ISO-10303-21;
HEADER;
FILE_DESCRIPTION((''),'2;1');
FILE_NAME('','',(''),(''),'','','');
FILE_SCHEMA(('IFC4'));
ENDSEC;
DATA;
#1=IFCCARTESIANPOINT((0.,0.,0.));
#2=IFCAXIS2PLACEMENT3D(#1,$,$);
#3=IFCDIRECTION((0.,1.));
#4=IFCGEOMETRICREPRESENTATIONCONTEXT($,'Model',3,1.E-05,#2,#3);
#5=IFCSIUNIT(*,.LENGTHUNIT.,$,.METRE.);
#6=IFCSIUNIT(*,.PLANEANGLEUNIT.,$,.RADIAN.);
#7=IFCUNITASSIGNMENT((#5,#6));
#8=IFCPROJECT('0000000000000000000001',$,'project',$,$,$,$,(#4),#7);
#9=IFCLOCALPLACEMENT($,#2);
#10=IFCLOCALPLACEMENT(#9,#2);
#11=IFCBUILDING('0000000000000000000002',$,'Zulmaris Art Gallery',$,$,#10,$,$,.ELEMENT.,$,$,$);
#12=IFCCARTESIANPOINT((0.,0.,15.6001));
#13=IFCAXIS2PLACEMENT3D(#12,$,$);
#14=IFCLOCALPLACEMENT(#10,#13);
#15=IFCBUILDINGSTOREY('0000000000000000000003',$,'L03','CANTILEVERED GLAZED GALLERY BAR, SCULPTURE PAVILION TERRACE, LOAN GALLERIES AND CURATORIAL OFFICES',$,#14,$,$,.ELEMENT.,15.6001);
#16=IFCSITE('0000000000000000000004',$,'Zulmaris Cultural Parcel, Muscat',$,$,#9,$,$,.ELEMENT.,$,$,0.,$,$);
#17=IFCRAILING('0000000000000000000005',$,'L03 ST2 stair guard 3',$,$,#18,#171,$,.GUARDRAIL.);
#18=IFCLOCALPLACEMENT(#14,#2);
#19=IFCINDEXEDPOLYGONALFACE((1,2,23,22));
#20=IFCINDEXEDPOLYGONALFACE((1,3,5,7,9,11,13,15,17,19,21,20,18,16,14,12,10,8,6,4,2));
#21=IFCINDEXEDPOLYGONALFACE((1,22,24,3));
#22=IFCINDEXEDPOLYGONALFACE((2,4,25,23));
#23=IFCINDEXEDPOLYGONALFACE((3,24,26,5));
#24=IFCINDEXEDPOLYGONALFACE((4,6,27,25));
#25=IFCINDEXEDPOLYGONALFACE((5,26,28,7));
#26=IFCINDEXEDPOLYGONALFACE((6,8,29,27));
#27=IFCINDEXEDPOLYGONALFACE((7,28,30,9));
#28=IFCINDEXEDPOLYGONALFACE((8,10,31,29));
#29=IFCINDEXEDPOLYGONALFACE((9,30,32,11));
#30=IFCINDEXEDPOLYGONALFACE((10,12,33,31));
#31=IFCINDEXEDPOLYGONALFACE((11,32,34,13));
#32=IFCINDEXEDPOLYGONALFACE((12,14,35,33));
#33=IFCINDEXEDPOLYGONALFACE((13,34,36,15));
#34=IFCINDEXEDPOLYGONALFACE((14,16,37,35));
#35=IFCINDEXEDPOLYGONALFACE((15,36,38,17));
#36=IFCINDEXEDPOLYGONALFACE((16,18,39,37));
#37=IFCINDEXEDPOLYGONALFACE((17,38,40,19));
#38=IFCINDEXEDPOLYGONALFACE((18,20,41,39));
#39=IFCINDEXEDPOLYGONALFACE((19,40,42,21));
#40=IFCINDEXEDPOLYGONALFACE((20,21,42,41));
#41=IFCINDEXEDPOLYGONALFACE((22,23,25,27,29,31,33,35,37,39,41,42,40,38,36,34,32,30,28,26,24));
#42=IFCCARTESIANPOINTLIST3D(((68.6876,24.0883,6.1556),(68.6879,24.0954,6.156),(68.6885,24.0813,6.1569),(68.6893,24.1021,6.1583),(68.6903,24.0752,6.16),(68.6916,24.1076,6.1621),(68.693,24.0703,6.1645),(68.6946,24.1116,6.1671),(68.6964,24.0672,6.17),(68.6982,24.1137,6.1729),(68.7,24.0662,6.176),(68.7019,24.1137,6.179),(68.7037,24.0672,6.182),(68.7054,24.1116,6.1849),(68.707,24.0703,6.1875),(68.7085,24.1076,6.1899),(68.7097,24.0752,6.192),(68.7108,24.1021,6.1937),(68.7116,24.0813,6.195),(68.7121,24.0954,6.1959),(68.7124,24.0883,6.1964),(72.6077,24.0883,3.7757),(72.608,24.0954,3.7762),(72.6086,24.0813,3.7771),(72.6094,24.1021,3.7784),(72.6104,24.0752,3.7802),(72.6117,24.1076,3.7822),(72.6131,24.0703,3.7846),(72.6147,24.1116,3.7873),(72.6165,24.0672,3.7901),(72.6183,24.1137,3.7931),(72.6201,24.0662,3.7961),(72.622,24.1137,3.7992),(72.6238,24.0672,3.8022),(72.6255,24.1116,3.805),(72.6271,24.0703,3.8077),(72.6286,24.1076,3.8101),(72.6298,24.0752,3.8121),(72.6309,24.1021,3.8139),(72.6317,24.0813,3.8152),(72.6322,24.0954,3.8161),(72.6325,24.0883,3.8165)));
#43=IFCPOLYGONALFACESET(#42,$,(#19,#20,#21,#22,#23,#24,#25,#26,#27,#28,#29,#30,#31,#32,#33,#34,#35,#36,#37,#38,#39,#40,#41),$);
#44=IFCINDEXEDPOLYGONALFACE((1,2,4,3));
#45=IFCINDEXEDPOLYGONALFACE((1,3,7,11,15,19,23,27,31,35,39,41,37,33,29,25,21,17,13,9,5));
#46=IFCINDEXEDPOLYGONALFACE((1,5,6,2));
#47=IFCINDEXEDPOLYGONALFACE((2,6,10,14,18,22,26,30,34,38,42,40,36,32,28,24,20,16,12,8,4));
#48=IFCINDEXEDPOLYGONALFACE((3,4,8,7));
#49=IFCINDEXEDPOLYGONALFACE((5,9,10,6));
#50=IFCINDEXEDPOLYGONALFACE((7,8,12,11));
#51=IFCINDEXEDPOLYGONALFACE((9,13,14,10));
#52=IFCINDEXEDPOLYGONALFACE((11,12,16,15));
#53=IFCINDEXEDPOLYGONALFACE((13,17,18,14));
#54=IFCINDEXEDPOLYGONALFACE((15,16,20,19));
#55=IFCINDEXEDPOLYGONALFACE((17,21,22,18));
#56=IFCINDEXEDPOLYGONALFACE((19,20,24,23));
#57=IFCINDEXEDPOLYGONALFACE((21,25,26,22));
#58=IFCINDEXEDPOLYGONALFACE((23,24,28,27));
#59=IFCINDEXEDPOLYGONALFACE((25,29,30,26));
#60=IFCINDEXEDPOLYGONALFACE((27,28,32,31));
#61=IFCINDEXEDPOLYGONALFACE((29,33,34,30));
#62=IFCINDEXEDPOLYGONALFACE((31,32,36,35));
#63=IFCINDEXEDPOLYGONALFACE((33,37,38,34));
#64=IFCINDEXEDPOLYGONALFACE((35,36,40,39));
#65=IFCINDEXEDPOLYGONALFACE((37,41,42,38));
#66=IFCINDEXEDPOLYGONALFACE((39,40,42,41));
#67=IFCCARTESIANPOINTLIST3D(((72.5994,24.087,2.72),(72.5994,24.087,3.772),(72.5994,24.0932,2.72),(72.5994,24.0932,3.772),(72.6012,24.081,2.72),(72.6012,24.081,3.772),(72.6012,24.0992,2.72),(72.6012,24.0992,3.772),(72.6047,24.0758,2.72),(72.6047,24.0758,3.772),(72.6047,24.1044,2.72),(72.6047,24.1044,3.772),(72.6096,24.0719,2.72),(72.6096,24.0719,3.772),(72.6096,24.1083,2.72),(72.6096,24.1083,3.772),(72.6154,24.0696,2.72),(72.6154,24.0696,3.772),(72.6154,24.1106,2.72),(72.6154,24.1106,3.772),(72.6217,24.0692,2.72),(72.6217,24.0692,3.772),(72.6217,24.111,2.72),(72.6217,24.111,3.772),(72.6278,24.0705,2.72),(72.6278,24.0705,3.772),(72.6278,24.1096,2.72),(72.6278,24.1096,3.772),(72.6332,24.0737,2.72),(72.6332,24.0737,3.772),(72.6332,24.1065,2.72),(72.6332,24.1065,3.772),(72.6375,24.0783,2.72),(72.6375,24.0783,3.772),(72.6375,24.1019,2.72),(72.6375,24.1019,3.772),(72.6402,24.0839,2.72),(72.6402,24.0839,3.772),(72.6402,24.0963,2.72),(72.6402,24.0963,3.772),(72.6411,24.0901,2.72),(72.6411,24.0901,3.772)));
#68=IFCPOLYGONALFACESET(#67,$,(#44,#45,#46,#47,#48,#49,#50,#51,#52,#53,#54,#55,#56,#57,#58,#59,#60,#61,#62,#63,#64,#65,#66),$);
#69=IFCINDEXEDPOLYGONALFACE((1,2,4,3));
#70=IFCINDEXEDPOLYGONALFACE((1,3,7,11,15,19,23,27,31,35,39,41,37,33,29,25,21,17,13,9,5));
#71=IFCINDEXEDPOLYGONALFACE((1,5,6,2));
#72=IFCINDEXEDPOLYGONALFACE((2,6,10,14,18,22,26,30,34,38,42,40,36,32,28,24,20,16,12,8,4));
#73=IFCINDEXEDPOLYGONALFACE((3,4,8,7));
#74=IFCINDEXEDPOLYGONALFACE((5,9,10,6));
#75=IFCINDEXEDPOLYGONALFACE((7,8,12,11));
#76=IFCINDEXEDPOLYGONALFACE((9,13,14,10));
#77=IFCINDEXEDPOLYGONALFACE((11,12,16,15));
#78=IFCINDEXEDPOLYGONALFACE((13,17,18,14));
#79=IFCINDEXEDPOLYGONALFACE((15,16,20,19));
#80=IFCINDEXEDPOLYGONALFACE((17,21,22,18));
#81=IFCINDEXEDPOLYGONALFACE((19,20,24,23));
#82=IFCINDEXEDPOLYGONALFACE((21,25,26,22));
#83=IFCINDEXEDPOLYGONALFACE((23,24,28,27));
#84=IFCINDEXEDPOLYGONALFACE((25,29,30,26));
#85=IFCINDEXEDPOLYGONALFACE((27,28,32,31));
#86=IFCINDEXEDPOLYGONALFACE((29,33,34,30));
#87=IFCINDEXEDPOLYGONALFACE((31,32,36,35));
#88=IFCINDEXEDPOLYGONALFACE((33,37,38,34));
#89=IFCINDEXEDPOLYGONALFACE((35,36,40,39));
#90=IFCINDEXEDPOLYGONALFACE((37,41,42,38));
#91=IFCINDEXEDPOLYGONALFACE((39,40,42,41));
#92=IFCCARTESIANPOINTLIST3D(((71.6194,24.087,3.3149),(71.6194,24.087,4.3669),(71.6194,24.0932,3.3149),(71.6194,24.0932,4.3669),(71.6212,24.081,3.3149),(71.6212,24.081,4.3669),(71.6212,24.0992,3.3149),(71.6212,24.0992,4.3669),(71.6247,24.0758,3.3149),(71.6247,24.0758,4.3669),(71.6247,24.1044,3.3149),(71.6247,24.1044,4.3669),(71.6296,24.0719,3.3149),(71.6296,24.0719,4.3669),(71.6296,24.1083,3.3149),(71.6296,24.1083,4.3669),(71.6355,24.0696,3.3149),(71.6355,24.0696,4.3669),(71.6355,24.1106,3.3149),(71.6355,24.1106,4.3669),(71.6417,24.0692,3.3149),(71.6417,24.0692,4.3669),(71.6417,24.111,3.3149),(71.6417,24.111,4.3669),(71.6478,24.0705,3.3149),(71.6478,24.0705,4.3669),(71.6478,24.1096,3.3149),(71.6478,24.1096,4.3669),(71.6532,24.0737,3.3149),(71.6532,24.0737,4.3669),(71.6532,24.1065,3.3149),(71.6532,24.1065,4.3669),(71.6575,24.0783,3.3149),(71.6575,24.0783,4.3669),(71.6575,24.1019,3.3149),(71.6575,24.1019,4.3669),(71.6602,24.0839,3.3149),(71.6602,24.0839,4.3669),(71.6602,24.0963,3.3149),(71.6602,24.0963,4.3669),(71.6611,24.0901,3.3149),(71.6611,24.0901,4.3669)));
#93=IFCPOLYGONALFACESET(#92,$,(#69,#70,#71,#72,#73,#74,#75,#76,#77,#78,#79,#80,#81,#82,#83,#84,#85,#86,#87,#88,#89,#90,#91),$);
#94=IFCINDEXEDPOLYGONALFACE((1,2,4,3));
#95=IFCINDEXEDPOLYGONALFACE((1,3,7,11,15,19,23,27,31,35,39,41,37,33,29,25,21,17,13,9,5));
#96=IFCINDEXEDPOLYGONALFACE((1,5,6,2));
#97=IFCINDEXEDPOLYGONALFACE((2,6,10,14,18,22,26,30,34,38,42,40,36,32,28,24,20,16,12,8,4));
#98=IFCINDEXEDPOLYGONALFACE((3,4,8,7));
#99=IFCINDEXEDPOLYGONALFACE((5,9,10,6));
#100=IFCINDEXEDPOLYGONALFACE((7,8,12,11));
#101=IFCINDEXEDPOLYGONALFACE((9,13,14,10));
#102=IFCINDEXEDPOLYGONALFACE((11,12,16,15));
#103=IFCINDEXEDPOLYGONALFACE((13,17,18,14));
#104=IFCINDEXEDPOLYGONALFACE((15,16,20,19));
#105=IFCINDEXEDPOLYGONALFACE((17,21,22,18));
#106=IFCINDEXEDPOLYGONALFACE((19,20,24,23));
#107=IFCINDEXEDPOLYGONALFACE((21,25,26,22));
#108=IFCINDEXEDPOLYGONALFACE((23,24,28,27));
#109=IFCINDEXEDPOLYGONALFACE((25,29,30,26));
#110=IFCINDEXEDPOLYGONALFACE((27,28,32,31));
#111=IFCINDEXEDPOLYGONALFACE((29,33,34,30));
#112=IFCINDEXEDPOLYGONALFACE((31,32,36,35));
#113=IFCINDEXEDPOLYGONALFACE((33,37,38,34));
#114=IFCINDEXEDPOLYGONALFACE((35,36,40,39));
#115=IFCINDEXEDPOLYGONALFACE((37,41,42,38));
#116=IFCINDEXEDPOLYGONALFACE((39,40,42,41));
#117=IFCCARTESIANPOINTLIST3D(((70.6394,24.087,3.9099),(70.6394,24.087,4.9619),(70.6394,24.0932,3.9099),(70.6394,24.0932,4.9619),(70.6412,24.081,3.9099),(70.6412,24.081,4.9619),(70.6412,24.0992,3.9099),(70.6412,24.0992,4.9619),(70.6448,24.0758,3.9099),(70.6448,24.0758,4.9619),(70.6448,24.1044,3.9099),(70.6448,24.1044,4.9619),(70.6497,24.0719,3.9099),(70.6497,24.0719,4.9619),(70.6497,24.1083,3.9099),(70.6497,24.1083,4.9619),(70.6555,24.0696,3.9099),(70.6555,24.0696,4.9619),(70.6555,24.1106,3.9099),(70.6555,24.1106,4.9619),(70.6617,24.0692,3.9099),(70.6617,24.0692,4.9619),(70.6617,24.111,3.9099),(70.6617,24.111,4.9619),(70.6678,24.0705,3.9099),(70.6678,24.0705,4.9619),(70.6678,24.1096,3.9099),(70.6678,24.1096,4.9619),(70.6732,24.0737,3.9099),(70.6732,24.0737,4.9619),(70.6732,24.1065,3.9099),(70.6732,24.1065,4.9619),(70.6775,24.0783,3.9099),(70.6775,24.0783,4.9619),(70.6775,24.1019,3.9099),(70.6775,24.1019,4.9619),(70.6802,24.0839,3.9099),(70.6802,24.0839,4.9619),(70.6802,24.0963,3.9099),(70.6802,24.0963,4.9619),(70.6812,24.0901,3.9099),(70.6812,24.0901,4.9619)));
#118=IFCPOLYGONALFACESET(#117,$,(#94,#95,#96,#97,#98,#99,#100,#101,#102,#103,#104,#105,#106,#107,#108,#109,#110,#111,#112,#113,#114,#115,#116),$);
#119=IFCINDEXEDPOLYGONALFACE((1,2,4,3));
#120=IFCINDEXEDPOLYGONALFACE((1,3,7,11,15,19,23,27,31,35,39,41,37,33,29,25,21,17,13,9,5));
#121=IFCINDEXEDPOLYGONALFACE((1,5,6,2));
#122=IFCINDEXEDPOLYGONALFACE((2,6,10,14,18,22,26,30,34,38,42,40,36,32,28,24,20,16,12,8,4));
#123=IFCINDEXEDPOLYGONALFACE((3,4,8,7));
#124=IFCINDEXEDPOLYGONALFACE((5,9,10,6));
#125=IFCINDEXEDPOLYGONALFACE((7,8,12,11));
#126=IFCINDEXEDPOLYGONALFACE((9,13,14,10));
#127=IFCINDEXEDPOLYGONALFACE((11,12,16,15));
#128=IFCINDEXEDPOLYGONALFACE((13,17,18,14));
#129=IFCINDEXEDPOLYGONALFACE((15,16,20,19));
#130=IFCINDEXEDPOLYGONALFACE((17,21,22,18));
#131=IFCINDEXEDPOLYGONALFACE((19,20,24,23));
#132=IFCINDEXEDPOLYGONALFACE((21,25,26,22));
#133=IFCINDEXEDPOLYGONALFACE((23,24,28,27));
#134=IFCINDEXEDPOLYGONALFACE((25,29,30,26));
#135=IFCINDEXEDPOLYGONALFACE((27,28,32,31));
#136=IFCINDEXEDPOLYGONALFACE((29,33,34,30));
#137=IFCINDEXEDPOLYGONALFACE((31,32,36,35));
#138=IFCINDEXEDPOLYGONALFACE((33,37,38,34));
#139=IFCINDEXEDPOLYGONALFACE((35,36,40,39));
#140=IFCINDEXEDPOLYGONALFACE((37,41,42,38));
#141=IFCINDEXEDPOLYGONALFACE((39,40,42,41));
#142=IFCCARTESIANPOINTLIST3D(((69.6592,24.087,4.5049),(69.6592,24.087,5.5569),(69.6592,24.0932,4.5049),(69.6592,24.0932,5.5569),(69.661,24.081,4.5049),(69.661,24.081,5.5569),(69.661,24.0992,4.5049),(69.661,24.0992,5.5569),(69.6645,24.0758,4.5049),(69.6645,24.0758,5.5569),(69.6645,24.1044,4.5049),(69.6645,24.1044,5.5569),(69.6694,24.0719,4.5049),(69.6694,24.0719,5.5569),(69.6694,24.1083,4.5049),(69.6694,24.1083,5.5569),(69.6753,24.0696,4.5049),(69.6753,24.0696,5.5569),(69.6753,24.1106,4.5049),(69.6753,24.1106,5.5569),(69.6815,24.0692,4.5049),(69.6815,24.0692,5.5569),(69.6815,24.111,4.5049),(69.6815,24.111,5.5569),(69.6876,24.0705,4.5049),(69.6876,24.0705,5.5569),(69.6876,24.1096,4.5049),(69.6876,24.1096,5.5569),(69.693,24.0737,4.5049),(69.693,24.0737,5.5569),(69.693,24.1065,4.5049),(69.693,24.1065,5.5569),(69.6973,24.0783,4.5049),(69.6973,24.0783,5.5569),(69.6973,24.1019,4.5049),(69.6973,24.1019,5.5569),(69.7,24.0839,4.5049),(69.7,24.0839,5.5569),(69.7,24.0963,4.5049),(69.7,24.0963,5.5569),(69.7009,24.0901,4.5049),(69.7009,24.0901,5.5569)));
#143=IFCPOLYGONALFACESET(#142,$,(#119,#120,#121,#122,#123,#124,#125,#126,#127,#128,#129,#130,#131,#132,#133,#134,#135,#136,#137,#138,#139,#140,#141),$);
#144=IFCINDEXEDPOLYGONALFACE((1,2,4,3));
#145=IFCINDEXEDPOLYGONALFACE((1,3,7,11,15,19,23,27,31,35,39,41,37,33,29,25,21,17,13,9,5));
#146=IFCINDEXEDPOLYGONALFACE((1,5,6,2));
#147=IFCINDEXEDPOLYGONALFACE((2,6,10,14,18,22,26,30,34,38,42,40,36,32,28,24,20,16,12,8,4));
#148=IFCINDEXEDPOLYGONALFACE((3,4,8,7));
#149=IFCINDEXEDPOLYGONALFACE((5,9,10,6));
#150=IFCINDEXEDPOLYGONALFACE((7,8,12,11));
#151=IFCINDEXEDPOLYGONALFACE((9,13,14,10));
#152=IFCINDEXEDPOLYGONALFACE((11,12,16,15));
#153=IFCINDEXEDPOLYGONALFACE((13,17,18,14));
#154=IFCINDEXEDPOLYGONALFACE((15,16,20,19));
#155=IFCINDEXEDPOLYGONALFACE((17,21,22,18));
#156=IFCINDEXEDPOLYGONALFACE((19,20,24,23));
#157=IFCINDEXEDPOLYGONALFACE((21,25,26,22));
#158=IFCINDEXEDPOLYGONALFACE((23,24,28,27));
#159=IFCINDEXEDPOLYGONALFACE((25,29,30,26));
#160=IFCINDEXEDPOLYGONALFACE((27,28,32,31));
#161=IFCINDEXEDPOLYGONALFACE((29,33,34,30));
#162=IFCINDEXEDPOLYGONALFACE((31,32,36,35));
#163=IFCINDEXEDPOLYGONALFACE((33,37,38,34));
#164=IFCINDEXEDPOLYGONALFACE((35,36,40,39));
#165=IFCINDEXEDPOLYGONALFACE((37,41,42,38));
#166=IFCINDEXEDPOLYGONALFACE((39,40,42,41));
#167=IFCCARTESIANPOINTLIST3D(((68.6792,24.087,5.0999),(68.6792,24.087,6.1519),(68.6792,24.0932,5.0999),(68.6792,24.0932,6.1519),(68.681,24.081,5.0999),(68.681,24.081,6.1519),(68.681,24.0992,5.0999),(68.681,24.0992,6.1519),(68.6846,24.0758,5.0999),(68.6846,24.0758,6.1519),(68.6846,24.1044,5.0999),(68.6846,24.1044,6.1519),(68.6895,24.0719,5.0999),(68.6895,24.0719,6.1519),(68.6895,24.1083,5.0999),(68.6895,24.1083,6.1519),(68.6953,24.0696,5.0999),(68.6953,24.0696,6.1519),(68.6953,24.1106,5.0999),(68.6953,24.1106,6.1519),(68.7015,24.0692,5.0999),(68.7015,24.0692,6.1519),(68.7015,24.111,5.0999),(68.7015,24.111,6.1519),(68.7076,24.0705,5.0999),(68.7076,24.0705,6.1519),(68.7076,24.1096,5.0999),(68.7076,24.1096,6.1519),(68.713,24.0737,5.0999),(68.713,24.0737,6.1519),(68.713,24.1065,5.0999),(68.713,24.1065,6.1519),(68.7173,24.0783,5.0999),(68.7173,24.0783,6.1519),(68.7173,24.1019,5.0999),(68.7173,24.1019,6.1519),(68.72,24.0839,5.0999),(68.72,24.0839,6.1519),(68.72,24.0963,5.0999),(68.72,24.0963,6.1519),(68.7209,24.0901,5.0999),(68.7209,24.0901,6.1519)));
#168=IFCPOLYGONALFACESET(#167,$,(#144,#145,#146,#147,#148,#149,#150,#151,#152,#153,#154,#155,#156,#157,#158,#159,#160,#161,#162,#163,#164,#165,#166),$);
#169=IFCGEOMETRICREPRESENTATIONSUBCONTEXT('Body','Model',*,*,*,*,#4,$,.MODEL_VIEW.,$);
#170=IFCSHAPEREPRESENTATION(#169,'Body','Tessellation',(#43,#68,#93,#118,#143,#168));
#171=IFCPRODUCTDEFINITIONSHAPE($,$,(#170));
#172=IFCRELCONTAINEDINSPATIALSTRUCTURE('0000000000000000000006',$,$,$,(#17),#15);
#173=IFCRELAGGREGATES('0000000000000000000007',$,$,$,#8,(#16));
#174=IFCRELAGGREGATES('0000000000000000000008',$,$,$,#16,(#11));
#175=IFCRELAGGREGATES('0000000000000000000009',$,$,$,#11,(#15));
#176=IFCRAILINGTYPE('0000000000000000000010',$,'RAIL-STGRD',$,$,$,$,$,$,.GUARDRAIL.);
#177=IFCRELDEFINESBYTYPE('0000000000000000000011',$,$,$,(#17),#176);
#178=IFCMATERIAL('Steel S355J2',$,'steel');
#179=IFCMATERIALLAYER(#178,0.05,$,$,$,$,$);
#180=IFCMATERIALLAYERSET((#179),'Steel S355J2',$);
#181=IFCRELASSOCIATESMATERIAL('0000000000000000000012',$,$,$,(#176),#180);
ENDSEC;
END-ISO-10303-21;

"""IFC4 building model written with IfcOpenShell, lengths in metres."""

from ifc_helpers import new_model, si_unit, direction, frame, origin, origin_2d, place, context, subcontext, project, spatial, circle, extrude, material, layer, layer_set, type_object, element, save


model = new_model("IFC4")

# Units and contexts
model_context = context("Model", 3, precision=1e-05, world=origin(), true_north=direction((0.0, 1.0)))
body_context = subcontext(model_context, "Body", "Model", "MODEL_VIEW")
ifc_project = project(units=[si_unit("LENGTHUNIT", "METRE"), si_unit("PLANEANGLEUNIT", "RADIAN")], contexts=[model_context])

# Site, building, storey
site_placement = place(None, origin())
site = spatial("IfcSite", under=ifc_project, at=site_placement, Name="Zulmaris Cultural Parcel, Muscat", CompositionType="ELEMENT", RefElevation=0.0)
building_placement = place(site_placement, origin())
building = spatial("IfcBuilding", under=site, at=building_placement, Name="Zulmaris Art Gallery", CompositionType="ELEMENT")
storey_placement = place(building_placement, frame((0.0, 0.0, 15.6001)))
storey = spatial("IfcBuildingStorey", under=building, at=storey_placement, Name="L03", Description="CANTILEVERED GLAZED GALLERY BAR, SCULPTURE PAVILION TERRACE, LOAN GALLERIES AND CURATORIAL OFFICES", CompositionType="ELEMENT", Elevation=15.6001)

# Shared definitions
ifc_material_1 = material(Name="Steel S355J2", Category="steel")

# Railing
ifc_layer_1 = layer(ifc_material_1, 0.05)
ifc_layer_set_1 = layer_set([ifc_layer_1], Name="Steel S355J2")
railing_type_1 = type_object("IfcRailingType", Name="RAIL-STGRD", PredefinedType="GUARDRAIL", material=ifc_layer_set_1)
railing_1_placement = place(storey_placement, frame((72.6201, 24.0901, 2.72)))
element("IfcRailing", 1, at=railing_1_placement, inside=storey, type_object=railing_type_1, Name="L03 ST2 stair guard 3", PredefinedType="GUARDRAIL", context=body_context, shape_type="SweptSolid", body=[
    extrude(circle(Radius=0.0239, at=origin_2d()), frame((0.0, 0.0, 1.0762), z_axis=(-0.854809, 0.0, 0.518943), x_axis=(0.0, -1.0, 0.0)), (0.0, 0.0, 1.0), 4.5859),
    extrude(circle(Radius=0.021, at=origin_2d()), origin(), (0.0, 0.0, 1.0), 1.052),
    extrude(circle(Radius=0.021, at=origin_2d()), frame((-0.98, 0.0, 0.595)), (0.0, 0.0, 1.0), 1.052),
    extrude(circle(Radius=0.021, at=origin_2d()), frame((-1.96, 0.0, 1.1899)), (0.0, 0.0, 1.0), 1.052),
    extrude(circle(Radius=0.021, at=origin_2d()), frame((-2.9402, 0.0, 1.7849)), (0.0, 0.0, 1.0), 1.052),
    extrude(circle(Radius=0.021, at=origin_2d()), frame((-3.9202, 0.0, 2.3799)), (0.0, 0.0, 1.0), 1.052),
])

save(model, "model.ifc")
